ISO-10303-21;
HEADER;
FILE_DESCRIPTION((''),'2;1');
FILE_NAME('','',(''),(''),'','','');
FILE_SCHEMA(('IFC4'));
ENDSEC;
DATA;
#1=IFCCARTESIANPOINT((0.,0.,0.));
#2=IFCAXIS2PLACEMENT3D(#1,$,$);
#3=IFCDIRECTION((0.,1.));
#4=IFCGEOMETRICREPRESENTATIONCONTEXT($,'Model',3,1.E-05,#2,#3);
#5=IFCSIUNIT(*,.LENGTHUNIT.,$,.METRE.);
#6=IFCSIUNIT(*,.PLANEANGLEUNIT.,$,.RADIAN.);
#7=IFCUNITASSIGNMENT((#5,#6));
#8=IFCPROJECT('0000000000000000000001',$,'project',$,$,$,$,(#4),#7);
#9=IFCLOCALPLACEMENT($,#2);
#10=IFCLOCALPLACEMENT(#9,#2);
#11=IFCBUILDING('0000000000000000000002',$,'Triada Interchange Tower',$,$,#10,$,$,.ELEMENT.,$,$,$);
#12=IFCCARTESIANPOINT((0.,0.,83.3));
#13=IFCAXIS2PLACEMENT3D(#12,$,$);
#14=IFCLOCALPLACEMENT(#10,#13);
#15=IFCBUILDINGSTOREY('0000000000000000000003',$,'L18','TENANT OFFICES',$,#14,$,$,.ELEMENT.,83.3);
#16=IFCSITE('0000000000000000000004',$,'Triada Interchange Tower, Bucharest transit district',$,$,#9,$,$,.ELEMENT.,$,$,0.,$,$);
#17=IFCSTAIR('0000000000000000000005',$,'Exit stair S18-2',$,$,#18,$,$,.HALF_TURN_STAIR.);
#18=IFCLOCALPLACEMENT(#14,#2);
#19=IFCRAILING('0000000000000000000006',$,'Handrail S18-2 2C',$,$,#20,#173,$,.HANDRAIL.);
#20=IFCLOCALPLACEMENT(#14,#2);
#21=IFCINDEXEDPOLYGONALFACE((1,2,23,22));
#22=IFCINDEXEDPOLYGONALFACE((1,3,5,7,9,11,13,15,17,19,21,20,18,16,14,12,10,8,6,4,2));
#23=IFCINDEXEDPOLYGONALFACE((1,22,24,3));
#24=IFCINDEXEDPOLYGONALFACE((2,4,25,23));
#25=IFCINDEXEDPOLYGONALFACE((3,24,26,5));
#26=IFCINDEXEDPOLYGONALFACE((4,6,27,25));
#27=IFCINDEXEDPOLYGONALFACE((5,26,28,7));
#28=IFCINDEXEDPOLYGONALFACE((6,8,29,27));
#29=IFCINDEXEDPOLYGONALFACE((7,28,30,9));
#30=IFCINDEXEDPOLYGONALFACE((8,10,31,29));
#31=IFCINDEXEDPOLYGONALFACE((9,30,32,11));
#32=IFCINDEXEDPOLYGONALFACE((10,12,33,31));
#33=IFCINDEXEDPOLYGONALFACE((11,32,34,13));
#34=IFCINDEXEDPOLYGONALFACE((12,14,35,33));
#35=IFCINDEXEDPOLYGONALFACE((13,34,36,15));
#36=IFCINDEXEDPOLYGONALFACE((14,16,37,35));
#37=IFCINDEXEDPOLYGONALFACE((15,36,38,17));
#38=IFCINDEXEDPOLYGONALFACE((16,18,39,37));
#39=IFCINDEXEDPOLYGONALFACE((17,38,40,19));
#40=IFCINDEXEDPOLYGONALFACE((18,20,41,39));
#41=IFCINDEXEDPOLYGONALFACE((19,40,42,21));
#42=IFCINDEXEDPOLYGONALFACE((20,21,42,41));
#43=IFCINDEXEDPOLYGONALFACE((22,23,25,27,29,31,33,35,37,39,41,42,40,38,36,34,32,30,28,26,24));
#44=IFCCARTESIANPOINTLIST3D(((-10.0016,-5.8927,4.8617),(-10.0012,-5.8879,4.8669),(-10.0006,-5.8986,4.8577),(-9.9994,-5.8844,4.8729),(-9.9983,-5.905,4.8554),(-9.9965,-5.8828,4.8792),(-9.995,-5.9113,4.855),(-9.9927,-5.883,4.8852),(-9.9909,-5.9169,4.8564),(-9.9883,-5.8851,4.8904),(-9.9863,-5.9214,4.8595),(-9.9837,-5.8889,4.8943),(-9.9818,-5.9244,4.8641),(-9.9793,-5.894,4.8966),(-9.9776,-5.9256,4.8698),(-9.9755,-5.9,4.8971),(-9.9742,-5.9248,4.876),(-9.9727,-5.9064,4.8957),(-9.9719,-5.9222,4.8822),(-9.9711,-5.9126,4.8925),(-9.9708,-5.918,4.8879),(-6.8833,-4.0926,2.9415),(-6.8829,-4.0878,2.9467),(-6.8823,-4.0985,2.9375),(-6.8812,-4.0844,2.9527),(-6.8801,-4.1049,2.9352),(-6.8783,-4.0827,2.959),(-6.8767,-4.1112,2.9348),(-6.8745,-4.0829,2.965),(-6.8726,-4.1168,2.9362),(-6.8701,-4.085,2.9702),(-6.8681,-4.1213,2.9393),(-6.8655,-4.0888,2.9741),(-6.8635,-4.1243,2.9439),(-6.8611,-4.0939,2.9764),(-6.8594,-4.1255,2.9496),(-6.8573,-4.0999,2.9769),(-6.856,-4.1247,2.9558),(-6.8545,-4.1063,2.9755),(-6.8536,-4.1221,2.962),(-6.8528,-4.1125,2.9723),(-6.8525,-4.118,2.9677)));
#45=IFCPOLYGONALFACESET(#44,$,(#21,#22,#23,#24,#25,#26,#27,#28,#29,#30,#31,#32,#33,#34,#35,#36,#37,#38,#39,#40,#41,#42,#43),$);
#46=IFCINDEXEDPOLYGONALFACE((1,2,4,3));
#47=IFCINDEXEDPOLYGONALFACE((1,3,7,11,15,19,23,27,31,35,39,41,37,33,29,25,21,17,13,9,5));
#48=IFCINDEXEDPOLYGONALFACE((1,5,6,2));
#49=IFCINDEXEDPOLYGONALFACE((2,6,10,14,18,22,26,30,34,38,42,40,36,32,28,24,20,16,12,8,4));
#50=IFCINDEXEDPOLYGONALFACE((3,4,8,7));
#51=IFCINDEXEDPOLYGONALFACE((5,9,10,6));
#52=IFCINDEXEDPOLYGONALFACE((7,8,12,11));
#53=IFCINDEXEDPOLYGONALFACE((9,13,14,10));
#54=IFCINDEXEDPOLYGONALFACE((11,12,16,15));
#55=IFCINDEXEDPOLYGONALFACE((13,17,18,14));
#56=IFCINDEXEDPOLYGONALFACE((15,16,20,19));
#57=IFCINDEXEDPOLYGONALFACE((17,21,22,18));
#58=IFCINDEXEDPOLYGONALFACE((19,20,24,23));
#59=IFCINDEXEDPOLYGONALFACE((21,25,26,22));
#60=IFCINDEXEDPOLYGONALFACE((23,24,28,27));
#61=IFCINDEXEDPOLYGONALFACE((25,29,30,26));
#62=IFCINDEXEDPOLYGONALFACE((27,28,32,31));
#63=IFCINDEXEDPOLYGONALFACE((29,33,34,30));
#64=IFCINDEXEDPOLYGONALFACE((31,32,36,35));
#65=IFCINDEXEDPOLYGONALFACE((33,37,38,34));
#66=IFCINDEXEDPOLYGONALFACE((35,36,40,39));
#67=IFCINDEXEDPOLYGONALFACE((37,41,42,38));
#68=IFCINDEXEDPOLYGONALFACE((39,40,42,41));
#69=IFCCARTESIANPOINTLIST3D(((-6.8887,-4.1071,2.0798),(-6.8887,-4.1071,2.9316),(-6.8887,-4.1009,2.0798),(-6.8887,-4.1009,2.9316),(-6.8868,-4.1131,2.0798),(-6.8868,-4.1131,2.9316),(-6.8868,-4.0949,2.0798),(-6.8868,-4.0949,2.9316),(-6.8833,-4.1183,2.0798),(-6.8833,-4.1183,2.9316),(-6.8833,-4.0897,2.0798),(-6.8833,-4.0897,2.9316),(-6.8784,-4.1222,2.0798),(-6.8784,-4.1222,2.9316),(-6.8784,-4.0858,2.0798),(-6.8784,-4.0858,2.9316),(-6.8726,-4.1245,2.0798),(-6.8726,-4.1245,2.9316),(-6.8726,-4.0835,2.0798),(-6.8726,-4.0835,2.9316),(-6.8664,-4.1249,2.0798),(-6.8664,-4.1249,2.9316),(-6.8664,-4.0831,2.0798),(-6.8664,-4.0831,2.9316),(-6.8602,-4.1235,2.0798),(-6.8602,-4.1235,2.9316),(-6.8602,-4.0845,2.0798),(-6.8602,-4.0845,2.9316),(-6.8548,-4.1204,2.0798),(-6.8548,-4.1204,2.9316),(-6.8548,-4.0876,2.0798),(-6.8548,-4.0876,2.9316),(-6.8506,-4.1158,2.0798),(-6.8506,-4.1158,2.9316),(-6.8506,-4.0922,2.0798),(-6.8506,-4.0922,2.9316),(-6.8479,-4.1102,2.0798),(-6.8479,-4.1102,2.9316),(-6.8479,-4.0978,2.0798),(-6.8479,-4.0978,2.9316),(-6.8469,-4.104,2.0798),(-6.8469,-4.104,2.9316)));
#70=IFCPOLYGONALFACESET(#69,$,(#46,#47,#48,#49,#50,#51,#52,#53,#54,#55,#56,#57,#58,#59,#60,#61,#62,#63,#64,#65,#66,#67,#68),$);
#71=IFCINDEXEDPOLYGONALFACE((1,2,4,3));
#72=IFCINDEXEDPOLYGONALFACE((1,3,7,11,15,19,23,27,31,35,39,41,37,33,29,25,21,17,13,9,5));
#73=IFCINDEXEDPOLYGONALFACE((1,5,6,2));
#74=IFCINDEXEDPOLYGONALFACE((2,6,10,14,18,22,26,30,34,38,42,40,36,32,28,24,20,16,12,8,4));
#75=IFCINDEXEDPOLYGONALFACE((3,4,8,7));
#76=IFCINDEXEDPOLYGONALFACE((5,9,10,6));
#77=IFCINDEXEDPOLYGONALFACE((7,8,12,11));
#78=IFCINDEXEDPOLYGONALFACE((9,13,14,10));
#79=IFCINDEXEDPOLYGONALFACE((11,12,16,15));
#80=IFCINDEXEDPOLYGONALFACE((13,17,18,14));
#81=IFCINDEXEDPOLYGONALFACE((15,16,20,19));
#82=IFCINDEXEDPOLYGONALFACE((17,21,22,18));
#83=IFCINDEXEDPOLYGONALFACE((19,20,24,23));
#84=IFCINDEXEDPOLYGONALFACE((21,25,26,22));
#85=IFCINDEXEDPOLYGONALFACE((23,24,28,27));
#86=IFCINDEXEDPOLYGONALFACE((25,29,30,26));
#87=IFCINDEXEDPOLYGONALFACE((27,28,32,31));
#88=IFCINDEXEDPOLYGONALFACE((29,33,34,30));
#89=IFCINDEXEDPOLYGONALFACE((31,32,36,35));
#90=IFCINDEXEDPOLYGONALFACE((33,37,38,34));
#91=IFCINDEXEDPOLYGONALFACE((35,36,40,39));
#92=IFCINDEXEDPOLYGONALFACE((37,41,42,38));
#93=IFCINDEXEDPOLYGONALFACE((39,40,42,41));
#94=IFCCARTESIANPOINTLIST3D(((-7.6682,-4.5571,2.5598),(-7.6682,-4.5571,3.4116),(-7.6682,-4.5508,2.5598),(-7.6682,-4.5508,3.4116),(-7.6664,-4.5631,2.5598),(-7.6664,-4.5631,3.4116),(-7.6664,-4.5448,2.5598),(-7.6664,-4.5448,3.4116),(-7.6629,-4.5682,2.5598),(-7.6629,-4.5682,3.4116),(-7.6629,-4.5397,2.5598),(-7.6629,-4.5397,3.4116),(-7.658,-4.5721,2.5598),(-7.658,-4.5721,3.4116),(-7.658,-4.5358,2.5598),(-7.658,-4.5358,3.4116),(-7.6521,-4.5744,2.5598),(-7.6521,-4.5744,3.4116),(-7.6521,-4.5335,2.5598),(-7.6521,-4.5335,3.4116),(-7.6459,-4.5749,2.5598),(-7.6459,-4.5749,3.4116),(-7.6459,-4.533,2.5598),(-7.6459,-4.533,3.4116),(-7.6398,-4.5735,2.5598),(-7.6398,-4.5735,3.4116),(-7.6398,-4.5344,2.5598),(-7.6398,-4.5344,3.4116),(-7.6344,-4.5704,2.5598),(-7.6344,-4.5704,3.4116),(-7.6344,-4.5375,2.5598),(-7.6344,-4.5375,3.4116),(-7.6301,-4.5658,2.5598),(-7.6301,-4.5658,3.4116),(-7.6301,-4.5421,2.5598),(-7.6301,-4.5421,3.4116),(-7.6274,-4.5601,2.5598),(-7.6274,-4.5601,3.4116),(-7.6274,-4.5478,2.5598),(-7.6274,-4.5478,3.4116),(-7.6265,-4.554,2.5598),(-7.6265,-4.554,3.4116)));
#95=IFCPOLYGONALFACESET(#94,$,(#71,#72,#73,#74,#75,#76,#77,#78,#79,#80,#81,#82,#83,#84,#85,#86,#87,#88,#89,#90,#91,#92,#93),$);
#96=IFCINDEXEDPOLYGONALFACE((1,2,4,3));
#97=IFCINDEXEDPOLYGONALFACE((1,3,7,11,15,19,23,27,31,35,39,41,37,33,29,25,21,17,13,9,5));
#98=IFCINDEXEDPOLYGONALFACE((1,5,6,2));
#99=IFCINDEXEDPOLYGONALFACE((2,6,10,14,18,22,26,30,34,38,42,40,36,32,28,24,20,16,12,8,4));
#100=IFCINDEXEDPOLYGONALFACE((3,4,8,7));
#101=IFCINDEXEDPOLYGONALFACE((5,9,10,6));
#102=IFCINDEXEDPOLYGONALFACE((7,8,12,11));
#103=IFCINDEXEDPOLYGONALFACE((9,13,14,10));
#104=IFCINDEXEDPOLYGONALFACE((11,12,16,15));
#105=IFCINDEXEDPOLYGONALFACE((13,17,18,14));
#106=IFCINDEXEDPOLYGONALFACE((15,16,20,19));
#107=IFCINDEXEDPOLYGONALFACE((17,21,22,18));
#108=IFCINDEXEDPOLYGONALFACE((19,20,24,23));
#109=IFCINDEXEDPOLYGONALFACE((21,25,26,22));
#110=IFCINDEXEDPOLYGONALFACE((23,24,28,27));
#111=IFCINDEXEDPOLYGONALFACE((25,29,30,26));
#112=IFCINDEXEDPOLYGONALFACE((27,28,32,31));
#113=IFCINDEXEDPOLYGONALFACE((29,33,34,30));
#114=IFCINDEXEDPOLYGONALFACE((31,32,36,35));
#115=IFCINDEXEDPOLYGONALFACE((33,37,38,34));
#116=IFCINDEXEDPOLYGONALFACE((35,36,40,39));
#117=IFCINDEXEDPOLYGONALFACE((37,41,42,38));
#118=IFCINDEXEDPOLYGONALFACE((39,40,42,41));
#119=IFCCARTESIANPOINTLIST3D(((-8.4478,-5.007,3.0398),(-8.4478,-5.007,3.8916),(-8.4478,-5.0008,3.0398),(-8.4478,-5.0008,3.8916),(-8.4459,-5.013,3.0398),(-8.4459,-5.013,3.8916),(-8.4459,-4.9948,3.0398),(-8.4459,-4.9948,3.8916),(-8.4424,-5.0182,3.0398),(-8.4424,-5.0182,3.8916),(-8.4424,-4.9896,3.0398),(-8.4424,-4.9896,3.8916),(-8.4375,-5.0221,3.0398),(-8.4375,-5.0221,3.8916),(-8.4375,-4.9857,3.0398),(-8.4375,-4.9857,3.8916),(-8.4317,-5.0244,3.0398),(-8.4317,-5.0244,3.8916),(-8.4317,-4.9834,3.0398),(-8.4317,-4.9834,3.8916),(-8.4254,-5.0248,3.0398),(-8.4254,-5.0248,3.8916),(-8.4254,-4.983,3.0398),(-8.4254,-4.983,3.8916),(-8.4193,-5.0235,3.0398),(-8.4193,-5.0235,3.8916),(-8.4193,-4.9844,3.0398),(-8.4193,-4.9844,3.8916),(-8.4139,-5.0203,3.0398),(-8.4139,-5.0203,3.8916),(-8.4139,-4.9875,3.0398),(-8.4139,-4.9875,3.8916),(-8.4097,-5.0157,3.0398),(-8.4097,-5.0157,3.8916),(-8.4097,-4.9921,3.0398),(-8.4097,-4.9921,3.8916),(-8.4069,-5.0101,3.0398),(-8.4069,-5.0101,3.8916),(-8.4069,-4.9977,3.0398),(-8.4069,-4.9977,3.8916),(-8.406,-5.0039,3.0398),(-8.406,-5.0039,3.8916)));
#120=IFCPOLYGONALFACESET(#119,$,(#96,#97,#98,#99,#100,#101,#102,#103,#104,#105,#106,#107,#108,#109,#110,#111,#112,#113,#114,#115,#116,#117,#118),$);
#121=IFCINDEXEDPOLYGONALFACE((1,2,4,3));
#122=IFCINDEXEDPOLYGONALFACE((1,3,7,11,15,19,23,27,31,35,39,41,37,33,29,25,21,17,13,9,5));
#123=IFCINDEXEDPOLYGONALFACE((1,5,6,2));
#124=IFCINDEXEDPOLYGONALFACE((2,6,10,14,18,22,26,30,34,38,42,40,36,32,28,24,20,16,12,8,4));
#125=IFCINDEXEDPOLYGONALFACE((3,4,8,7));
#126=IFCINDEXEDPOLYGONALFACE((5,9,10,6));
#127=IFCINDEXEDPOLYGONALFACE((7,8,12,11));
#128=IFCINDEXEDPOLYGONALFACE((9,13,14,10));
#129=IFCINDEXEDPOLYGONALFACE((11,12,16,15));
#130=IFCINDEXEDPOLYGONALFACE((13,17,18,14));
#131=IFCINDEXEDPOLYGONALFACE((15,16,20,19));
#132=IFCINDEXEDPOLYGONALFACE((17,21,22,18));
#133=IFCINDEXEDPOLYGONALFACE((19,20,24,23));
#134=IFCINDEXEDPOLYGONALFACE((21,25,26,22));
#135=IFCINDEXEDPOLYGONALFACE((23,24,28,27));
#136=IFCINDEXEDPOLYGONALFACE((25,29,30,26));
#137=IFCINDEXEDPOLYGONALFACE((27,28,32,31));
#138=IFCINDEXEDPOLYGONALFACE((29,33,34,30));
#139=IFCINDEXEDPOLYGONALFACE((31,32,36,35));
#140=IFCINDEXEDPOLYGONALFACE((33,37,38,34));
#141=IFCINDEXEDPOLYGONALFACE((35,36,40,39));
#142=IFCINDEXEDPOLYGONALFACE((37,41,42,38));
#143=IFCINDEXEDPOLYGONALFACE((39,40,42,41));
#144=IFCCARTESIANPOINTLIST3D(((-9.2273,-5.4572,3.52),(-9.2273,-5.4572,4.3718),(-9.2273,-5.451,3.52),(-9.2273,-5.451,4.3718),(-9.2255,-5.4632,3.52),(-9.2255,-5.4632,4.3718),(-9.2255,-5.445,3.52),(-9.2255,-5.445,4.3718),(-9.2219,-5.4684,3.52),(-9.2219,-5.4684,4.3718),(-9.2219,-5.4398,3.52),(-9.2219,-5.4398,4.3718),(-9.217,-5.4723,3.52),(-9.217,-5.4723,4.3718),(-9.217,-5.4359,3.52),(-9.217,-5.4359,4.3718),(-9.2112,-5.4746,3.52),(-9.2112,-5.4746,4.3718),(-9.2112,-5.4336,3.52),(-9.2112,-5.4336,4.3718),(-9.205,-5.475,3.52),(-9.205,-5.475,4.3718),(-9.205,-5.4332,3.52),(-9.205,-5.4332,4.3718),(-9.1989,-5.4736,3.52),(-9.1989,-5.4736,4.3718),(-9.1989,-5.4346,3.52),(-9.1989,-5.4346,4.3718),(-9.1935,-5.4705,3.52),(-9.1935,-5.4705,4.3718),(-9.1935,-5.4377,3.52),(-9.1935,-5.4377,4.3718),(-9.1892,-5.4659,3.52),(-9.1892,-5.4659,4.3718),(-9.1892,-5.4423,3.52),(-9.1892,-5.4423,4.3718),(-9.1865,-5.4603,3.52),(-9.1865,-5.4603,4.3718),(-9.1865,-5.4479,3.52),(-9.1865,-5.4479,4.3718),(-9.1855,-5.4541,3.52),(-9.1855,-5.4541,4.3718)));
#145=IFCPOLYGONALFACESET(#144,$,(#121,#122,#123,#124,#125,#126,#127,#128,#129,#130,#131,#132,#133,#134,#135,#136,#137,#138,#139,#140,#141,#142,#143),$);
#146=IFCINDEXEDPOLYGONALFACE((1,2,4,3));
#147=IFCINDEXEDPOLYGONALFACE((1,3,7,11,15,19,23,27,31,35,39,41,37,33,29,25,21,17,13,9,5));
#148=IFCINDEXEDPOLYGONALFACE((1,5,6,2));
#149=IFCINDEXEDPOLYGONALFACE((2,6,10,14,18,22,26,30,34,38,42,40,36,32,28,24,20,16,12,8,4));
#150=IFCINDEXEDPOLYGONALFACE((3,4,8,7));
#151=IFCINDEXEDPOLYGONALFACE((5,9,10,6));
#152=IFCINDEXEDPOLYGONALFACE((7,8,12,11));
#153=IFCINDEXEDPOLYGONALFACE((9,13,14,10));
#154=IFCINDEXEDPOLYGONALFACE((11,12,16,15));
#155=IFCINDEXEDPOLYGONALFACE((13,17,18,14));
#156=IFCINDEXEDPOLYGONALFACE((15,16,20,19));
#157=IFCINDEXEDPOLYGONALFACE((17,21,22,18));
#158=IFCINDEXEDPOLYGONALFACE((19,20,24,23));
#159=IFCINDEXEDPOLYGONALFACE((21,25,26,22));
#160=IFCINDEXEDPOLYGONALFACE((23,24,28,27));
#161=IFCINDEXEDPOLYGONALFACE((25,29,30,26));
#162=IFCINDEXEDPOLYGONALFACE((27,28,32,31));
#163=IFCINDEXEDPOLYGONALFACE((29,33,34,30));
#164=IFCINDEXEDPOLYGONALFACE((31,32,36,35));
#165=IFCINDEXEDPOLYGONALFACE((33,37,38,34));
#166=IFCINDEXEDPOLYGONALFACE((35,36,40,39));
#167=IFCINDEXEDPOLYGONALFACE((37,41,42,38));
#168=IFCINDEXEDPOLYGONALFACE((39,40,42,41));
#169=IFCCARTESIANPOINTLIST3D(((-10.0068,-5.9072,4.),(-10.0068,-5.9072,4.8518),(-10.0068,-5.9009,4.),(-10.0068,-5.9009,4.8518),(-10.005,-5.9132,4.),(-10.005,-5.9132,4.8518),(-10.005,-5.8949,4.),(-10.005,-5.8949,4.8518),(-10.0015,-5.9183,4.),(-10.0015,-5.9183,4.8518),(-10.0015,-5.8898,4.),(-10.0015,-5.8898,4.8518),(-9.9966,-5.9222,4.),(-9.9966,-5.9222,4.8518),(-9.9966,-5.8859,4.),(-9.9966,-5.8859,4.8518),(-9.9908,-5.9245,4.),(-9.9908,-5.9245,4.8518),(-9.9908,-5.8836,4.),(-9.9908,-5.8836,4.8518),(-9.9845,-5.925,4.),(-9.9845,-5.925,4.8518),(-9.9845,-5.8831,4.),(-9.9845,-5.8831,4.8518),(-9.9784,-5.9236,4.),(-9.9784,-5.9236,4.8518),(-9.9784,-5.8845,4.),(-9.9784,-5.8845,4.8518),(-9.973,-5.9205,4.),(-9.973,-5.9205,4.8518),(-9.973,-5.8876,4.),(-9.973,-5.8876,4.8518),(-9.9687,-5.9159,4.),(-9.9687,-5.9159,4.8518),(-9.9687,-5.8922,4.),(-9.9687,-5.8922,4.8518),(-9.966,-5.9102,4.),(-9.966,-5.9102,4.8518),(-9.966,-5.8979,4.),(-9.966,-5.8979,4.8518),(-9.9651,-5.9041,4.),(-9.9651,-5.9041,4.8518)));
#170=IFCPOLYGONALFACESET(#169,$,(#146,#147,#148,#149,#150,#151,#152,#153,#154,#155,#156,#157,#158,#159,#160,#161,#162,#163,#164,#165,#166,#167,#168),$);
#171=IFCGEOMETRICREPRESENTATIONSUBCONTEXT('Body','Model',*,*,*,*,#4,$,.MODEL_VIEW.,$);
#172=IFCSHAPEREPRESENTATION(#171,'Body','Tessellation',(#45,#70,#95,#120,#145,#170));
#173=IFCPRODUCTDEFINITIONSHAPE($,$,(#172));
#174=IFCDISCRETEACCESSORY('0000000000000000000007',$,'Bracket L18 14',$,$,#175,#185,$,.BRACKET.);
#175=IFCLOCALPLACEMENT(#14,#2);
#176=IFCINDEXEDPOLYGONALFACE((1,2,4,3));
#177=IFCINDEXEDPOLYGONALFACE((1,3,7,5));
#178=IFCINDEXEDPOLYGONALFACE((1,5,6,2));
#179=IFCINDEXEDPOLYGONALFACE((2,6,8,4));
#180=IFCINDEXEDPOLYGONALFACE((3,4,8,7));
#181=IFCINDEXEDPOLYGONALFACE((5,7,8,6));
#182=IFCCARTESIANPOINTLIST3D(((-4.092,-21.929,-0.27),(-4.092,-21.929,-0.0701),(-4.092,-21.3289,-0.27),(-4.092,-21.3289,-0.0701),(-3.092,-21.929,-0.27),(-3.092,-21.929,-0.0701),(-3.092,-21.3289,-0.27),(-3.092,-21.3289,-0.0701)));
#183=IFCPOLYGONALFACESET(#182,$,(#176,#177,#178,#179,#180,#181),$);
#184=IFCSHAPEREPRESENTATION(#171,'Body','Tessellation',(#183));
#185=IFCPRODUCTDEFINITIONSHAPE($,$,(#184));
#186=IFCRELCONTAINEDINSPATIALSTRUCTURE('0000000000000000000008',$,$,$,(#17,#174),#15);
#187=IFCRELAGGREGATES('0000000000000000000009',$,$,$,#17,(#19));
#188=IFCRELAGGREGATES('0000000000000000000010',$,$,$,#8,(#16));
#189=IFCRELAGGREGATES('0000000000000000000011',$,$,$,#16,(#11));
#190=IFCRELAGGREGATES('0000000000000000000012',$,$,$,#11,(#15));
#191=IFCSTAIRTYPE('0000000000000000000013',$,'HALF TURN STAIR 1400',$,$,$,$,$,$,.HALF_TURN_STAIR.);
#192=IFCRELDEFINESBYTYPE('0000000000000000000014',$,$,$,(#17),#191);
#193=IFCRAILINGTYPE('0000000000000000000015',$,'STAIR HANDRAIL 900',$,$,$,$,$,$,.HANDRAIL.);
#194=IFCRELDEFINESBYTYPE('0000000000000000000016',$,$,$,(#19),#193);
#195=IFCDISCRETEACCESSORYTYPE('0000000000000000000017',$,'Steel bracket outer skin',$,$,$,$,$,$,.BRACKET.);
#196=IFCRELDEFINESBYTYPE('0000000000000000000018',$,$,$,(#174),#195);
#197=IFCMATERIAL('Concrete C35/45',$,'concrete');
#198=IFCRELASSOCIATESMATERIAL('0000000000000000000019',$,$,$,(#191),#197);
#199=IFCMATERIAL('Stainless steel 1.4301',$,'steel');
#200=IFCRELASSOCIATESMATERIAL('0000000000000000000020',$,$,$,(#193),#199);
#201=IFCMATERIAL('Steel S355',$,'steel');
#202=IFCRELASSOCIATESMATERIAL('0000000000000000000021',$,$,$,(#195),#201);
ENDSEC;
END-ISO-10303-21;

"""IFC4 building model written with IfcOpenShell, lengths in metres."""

from ifc_helpers import new_model, si_unit, direction, frame, origin, origin_2d, place, context, subcontext, project, spatial, rectangle, circle, extrude, material, type_object, element, aggregate, save


model = new_model("IFC4")

# Units and contexts
model_context = context("Model", 3, precision=1e-05, world=origin(), true_north=direction((0.0, 1.0)))
body_context = subcontext(model_context, "Body", "Model", "MODEL_VIEW")
ifc_project = project(units=[si_unit("LENGTHUNIT", "METRE"), si_unit("PLANEANGLEUNIT", "RADIAN")], contexts=[model_context])

# Site, building, storey
site_placement = place(None, origin())
site = spatial("IfcSite", under=ifc_project, at=site_placement, Name="Triada Interchange Tower, Bucharest transit district", CompositionType="ELEMENT", RefElevation=0.0)
building_placement = place(site_placement, origin())
building = spatial("IfcBuilding", under=site, at=building_placement, Name="Triada Interchange Tower", CompositionType="ELEMENT")
storey_placement = place(building_placement, frame((0.0, 0.0, 83.3)))
storey = spatial("IfcBuildingStorey", under=building, at=storey_placement, Name="L18", Description="TENANT OFFICES", CompositionType="ELEMENT", Elevation=83.3)

# Stair
ifc_material_1 = material(Name="Concrete C35/45", Category="concrete")
stair_type = type_object("IfcStairType", Name="HALF TURN STAIR 1400", PredefinedType="HALF_TURN_STAIR", material=ifc_material_1)
stair_placement = place(storey_placement, origin())
stair = element("IfcStair", 1, at=stair_placement, inside=storey, type_object=stair_type, Name="Exit stair S18-2", PredefinedType="HALF_TURN_STAIR")

# Railing
ifc_material_2 = material(Name="Stainless steel 1.4301", Category="steel")
railing_type = type_object("IfcRailingType", Name="STAIR HANDRAIL 900", PredefinedType="HANDRAIL", material=ifc_material_2)
railing_1_placement = place(storey_placement, frame((-6.8679, -4.104, 2.0798)))
railing_1 = element("IfcRailing", 2, at=railing_1_placement, type_object=railing_type, Name="Handrail S18-2 2C", PredefinedType="HANDRAIL", context=body_context, shape_type="SweptSolid", body=[
    extrude(circle(Radius=0.0239, at=origin_2d()), frame((0.0, 0.0, 0.876), z_axis=(-0.76417, -0.441139, 0.470576), x_axis=(0.499953, -0.866052, 0.0)), (0.0, 0.0, 1.0), 4.0806),
    extrude(circle(Radius=0.021, at=origin_2d()), origin(), (0.0, 0.0, 1.0), 0.8518),
    extrude(circle(Radius=0.021, at=origin_2d()), frame((-0.7795, -0.45, 0.48)), (0.0, 0.0, 1.0), 0.8518),
    extrude(circle(Radius=0.021, at=origin_2d()), frame((-1.5591, -0.8999, 0.96)), (0.0, 0.0, 1.0), 0.8518),
    extrude(circle(Radius=0.021, at=origin_2d()), frame((-2.3386, -1.3501, 1.4402)), (0.0, 0.0, 1.0), 0.8518),
    extrude(circle(Radius=0.021, at=origin_2d()), frame((-3.1182, -1.8, 1.9202)), (0.0, 0.0, 1.0), 0.8518),
])
aggregate(stair, [railing_1])

# Discrete accessory
ifc_material_3 = material(Name="Steel S355", Category="steel")
discrete_accessory_type = type_object("IfcDiscreteAccessoryType", Name="Steel bracket outer skin", PredefinedType="BRACKET", material=ifc_material_3)
discrete_accessory_placement = place(storey_placement, frame((-3.592, -21.6289, -0.27), z_axis=(0.0, 0.0, 1.0), x_axis=(0.0, -1.0, 0.0)))
element("IfcDiscreteAccessory", 3, at=discrete_accessory_placement, inside=storey, type_object=discrete_accessory_type, Name="Bracket L18 14", PredefinedType="BRACKET", context=body_context, shape_type="SweptSolid", body=[
    extrude(rectangle(XDim=0.6001, YDim=1.0, at=origin_2d()), origin(), (0.0, 0.0, 1.0), 0.2),
])

save(model, "model.ifc")
